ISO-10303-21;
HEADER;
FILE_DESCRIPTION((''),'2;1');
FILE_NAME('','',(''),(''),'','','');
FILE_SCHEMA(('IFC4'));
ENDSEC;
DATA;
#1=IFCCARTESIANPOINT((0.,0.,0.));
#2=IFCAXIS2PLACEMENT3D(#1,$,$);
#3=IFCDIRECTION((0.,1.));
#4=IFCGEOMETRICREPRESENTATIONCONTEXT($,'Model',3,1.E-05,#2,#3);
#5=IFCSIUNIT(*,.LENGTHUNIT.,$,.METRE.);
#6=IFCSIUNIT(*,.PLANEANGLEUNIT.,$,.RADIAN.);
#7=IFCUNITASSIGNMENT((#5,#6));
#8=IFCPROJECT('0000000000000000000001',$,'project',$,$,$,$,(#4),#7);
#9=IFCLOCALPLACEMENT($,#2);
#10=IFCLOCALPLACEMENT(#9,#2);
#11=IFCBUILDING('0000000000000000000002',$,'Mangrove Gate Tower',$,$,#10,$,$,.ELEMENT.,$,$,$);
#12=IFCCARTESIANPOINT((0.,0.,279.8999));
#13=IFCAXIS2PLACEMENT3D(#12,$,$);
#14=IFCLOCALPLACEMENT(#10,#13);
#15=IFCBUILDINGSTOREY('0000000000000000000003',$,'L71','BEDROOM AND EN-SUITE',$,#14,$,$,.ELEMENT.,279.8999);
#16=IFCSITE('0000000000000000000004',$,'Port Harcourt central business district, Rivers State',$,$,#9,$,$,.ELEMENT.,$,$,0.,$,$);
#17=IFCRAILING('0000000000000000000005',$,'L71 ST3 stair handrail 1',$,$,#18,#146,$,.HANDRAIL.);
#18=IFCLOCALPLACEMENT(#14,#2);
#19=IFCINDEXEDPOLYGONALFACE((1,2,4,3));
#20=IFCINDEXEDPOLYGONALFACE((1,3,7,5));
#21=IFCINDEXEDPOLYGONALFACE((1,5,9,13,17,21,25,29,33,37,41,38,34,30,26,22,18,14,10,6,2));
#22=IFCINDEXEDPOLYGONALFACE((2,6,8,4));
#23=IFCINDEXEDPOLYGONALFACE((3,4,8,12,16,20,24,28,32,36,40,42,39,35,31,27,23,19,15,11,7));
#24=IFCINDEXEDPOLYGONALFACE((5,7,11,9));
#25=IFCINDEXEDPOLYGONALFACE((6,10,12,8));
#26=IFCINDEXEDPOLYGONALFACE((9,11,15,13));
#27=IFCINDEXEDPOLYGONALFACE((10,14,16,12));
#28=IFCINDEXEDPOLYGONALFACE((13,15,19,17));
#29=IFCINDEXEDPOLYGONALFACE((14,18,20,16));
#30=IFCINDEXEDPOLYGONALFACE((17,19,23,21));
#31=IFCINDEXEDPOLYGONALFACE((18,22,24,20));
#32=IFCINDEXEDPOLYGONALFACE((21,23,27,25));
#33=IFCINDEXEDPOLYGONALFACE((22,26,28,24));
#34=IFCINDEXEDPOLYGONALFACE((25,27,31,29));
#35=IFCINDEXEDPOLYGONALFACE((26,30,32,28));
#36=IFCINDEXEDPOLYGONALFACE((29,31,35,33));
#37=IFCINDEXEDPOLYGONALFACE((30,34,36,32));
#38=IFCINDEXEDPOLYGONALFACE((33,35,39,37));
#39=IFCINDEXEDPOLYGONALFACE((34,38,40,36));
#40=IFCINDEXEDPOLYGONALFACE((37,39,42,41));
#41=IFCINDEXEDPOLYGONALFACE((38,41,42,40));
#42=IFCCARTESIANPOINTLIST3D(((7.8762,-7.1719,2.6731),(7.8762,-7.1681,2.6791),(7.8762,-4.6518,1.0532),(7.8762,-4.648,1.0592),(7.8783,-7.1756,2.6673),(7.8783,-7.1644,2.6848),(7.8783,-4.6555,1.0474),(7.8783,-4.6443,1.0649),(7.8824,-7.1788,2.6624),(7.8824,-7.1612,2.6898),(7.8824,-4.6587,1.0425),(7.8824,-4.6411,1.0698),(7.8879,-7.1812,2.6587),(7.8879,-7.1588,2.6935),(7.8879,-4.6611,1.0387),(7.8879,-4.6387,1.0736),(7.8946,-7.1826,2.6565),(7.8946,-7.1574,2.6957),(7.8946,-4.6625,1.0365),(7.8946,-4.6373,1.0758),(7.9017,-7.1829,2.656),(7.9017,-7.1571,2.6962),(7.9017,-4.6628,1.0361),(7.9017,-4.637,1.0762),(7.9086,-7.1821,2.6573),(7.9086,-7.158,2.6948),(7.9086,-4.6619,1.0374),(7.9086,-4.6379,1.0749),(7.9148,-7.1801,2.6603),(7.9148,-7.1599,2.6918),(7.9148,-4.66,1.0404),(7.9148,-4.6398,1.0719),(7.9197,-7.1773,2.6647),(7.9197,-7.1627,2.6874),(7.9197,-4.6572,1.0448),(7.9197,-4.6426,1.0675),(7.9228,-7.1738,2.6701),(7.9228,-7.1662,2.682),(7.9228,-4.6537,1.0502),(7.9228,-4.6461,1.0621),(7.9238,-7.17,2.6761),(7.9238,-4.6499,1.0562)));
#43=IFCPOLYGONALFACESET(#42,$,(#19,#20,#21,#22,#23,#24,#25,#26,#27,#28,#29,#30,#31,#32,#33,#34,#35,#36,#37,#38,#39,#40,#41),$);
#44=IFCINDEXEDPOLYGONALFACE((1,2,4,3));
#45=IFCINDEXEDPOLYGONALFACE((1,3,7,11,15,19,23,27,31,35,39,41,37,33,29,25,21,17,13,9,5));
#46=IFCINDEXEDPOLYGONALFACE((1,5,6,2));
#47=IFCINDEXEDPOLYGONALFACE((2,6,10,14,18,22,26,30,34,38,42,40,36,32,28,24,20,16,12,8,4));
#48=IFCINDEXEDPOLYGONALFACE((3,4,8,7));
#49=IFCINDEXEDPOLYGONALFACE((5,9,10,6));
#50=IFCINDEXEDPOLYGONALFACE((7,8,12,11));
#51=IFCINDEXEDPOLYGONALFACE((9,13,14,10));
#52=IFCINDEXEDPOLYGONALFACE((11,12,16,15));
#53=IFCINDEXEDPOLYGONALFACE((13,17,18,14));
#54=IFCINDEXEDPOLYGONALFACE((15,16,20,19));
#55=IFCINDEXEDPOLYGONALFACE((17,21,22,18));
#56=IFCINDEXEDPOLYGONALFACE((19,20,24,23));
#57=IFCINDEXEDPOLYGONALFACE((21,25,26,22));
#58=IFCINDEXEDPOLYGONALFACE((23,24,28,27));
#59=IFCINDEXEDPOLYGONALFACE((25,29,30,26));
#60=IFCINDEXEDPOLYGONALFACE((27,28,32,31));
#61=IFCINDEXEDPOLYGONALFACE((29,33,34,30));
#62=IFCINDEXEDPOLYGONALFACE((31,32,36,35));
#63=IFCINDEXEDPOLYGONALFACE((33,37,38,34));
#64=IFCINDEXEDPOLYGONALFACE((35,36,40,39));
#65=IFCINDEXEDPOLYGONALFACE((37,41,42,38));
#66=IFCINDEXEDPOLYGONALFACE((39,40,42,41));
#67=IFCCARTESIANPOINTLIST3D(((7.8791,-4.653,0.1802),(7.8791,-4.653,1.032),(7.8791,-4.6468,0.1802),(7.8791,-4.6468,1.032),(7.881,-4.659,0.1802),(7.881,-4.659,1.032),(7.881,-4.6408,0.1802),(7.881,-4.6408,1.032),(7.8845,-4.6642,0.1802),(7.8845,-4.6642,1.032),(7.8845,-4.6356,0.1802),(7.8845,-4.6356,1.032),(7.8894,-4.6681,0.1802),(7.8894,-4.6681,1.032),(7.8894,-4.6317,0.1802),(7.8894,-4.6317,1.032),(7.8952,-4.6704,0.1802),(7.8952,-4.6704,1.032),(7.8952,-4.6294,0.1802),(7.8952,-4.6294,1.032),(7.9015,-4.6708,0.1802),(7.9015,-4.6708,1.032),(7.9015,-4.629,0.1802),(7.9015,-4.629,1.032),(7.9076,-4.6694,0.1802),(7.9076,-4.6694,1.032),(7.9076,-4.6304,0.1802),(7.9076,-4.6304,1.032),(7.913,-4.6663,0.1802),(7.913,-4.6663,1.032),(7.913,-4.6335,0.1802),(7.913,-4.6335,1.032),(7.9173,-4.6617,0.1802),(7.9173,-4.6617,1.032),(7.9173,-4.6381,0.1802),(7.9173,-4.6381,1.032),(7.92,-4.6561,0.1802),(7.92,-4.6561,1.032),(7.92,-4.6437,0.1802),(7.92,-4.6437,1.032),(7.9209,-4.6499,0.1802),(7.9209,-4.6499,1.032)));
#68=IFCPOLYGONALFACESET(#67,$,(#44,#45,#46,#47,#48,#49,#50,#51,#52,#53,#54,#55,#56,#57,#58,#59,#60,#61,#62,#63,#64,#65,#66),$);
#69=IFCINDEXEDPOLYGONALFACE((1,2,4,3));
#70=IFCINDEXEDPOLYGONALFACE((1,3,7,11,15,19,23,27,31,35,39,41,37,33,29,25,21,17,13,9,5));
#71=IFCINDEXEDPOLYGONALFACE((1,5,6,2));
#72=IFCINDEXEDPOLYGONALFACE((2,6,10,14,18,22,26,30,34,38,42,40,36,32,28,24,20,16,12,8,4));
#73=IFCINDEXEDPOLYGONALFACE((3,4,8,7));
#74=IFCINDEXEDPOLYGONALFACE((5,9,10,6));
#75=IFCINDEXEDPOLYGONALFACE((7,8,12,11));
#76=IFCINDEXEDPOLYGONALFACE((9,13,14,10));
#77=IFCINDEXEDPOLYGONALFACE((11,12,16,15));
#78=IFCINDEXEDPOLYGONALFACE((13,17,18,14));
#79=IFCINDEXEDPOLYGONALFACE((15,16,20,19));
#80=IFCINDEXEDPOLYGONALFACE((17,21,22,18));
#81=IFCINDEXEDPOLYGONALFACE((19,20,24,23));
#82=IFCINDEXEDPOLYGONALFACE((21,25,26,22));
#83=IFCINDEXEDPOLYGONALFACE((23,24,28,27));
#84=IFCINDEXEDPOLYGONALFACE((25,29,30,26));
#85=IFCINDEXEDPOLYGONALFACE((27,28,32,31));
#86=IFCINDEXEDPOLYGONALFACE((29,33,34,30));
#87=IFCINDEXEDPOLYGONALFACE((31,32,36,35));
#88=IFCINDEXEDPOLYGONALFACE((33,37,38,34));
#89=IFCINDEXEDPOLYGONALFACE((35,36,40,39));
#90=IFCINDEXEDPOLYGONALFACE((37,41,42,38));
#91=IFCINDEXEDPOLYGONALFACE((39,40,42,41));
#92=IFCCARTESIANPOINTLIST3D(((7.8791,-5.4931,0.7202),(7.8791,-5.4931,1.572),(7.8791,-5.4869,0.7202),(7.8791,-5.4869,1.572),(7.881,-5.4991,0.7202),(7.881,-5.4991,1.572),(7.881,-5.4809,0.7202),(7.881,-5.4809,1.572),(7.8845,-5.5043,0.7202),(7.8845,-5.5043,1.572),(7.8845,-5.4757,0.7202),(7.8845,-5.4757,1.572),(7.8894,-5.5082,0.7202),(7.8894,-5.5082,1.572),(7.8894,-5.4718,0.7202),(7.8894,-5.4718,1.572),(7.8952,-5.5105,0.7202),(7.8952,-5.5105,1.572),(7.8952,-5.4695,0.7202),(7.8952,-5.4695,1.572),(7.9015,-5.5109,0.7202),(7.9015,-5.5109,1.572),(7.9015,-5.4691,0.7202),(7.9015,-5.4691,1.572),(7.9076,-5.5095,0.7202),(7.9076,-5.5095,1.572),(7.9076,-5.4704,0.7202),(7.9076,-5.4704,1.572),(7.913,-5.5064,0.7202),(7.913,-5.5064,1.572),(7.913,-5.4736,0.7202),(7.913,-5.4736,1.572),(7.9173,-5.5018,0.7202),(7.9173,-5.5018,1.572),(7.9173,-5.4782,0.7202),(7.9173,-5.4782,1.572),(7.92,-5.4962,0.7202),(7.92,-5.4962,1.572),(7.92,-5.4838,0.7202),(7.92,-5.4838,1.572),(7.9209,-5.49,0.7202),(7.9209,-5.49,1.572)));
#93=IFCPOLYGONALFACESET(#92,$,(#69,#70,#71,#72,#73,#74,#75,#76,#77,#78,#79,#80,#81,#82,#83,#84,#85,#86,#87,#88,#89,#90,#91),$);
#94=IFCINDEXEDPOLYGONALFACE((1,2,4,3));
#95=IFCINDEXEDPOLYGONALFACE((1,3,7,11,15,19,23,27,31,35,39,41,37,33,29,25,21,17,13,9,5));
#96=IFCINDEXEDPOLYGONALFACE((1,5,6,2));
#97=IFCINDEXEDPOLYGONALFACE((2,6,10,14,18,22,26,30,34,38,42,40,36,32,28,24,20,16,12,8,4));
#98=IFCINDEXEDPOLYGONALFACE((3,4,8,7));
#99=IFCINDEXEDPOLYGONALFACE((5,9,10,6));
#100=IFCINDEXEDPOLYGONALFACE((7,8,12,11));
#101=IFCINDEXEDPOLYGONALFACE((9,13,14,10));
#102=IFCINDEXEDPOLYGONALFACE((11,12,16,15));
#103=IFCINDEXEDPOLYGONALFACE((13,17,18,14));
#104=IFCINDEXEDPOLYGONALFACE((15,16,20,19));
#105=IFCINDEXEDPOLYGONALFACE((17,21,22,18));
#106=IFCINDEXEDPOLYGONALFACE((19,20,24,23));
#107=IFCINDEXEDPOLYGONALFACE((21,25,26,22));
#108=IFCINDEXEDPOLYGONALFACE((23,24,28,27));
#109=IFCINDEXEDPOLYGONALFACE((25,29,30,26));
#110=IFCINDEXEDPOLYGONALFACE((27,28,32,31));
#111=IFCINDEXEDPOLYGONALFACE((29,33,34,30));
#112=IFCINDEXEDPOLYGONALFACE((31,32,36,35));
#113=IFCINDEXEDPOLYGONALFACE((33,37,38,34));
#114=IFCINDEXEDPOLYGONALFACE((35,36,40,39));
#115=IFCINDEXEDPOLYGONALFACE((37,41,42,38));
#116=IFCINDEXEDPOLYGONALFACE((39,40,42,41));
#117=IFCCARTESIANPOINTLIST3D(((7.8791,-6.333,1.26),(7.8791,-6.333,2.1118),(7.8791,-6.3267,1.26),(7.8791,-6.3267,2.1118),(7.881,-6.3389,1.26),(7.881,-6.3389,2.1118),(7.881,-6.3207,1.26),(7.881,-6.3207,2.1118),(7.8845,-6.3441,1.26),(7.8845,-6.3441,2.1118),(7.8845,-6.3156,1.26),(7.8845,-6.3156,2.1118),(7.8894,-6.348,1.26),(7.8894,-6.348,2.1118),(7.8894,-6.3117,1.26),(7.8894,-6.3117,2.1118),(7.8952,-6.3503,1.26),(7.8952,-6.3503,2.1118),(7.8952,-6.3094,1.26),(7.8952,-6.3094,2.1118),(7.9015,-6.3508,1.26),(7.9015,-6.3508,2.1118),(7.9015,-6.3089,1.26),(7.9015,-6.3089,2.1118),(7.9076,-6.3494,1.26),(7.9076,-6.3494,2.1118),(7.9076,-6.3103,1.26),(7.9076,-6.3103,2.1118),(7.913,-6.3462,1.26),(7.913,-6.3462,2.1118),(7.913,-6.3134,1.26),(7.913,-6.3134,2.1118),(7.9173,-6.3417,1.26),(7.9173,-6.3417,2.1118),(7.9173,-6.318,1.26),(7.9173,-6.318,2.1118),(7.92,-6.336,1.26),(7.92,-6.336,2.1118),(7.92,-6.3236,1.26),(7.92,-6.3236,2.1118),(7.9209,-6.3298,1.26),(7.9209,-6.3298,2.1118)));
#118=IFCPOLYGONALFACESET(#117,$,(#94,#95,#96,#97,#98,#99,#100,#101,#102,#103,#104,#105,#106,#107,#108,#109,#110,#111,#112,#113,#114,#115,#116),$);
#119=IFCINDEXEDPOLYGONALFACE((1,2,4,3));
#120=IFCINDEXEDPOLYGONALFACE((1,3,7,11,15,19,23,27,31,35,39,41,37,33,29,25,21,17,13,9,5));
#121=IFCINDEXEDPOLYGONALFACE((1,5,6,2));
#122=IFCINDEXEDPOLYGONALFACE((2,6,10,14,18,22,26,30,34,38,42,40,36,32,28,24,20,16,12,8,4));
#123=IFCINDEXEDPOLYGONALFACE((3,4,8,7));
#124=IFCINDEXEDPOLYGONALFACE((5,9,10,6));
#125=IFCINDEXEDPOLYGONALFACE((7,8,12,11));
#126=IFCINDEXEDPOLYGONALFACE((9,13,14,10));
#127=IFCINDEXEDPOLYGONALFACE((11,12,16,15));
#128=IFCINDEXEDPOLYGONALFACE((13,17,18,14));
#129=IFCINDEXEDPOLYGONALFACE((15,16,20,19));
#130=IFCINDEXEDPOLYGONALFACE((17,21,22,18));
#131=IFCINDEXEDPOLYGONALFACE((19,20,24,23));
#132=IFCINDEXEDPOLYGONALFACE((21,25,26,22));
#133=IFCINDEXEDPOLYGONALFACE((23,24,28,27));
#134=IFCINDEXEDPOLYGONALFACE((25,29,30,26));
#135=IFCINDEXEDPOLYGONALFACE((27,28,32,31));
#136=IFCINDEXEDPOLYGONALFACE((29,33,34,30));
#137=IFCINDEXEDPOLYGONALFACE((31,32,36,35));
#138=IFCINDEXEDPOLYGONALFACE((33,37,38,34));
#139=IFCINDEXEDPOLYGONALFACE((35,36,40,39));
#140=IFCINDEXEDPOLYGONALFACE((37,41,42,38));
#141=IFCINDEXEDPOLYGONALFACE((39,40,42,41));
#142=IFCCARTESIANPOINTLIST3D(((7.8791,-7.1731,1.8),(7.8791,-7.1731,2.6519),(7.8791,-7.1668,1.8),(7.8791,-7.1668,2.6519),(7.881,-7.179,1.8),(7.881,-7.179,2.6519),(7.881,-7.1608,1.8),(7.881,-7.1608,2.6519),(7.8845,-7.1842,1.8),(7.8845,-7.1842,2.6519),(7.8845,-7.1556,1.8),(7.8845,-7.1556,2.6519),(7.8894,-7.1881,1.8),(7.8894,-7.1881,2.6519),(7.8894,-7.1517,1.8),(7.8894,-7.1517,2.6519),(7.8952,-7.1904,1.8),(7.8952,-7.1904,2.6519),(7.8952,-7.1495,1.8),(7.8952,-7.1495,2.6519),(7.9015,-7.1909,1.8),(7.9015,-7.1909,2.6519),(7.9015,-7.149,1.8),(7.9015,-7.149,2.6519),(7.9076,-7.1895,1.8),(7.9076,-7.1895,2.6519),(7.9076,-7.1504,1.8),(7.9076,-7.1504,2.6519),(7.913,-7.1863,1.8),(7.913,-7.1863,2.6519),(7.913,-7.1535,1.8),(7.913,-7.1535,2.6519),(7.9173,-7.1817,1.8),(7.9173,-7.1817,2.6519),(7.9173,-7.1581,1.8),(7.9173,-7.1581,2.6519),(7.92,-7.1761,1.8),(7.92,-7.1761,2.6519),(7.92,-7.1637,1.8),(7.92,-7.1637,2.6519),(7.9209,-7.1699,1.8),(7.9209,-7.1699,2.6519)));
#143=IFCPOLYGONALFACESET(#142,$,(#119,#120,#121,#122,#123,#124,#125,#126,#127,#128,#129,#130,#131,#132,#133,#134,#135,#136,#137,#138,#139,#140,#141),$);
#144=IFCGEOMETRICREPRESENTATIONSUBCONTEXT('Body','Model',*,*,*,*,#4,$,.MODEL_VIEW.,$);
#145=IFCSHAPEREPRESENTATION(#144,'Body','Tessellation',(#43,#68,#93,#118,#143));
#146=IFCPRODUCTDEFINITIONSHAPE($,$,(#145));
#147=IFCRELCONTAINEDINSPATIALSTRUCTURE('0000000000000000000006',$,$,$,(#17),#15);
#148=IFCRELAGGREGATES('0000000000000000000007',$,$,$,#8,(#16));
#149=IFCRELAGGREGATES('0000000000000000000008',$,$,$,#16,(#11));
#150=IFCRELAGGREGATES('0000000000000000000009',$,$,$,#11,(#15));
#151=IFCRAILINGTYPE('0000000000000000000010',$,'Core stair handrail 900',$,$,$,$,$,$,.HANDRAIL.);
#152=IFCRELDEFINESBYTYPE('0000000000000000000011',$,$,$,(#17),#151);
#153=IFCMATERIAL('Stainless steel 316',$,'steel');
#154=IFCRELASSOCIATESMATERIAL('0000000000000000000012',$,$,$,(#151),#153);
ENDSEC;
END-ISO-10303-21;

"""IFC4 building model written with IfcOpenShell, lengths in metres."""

from ifc_helpers import new_model, si_unit, direction, frame, origin, origin_2d, place, context, subcontext, project, spatial, circle, extrude, material, type_object, element, save


model = new_model("IFC4")

# Units and contexts
model_context = context("Model", 3, precision=1e-05, world=origin(), true_north=direction((0.0, 1.0)))
body_context = subcontext(model_context, "Body", "Model", "MODEL_VIEW")
ifc_project = project(units=[si_unit("LENGTHUNIT", "METRE"), si_unit("PLANEANGLEUNIT", "RADIAN")], contexts=[model_context])

# Site, building, storey
site_placement = place(None, origin())
site = spatial("IfcSite", under=ifc_project, at=site_placement, Name="Port Harcourt central business district, Rivers State", CompositionType="ELEMENT", RefElevation=0.0)
building_placement = place(site_placement, origin())
building = spatial("IfcBuilding", under=site, at=building_placement, Name="Mangrove Gate Tower", CompositionType="ELEMENT")
storey_placement = place(building_placement, frame((0.0, 0.0, 279.8999)))
storey = spatial("IfcBuildingStorey", under=building, at=storey_placement, Name="L71", Description="BEDROOM AND EN-SUITE", CompositionType="ELEMENT", Elevation=279.8999)

# Railing
ifc_material_1 = material(Name="Stainless steel 316", Category="steel")
railing_type_1 = type_object("IfcRailingType", Name="Core stair handrail 900", PredefinedType="HANDRAIL", material=ifc_material_1)
railing_1_placement = place(storey_placement, frame((7.8999, -4.6499, 0.1802)))
element("IfcRailing", 1, at=railing_1_placement, inside=storey, type_object=railing_type_1, Name="L71 ST3 stair handrail 1", PredefinedType="HANDRAIL", context=body_context, shape_type="SweptSolid", body=[
    extrude(circle(Radius=0.0239, at=origin_2d()), frame((0.0, 0.0, 0.876), z_axis=(0.0, -0.8412, 0.540725), x_axis=(1.0, 0.0, 0.0)), (0.0, 0.0, 1.0), 2.9958),
    extrude(circle(Radius=0.021, at=origin_2d()), origin(), (0.0, 0.0, 1.0), 0.8518),
    extrude(circle(Radius=0.021, at=origin_2d()), frame((0.0, -0.8401, 0.54)), (0.0, 0.0, 1.0), 0.8518),
    extrude(circle(Radius=0.021, at=origin_2d()), frame((0.0, -1.6799, 1.0798)), (0.0, 0.0, 1.0), 0.8518),
    extrude(circle(Radius=0.021, at=origin_2d()), frame((0.0, -2.52, 1.6199)), (0.0, 0.0, 1.0), 0.8518),
])

save(model, "model.ifc")
